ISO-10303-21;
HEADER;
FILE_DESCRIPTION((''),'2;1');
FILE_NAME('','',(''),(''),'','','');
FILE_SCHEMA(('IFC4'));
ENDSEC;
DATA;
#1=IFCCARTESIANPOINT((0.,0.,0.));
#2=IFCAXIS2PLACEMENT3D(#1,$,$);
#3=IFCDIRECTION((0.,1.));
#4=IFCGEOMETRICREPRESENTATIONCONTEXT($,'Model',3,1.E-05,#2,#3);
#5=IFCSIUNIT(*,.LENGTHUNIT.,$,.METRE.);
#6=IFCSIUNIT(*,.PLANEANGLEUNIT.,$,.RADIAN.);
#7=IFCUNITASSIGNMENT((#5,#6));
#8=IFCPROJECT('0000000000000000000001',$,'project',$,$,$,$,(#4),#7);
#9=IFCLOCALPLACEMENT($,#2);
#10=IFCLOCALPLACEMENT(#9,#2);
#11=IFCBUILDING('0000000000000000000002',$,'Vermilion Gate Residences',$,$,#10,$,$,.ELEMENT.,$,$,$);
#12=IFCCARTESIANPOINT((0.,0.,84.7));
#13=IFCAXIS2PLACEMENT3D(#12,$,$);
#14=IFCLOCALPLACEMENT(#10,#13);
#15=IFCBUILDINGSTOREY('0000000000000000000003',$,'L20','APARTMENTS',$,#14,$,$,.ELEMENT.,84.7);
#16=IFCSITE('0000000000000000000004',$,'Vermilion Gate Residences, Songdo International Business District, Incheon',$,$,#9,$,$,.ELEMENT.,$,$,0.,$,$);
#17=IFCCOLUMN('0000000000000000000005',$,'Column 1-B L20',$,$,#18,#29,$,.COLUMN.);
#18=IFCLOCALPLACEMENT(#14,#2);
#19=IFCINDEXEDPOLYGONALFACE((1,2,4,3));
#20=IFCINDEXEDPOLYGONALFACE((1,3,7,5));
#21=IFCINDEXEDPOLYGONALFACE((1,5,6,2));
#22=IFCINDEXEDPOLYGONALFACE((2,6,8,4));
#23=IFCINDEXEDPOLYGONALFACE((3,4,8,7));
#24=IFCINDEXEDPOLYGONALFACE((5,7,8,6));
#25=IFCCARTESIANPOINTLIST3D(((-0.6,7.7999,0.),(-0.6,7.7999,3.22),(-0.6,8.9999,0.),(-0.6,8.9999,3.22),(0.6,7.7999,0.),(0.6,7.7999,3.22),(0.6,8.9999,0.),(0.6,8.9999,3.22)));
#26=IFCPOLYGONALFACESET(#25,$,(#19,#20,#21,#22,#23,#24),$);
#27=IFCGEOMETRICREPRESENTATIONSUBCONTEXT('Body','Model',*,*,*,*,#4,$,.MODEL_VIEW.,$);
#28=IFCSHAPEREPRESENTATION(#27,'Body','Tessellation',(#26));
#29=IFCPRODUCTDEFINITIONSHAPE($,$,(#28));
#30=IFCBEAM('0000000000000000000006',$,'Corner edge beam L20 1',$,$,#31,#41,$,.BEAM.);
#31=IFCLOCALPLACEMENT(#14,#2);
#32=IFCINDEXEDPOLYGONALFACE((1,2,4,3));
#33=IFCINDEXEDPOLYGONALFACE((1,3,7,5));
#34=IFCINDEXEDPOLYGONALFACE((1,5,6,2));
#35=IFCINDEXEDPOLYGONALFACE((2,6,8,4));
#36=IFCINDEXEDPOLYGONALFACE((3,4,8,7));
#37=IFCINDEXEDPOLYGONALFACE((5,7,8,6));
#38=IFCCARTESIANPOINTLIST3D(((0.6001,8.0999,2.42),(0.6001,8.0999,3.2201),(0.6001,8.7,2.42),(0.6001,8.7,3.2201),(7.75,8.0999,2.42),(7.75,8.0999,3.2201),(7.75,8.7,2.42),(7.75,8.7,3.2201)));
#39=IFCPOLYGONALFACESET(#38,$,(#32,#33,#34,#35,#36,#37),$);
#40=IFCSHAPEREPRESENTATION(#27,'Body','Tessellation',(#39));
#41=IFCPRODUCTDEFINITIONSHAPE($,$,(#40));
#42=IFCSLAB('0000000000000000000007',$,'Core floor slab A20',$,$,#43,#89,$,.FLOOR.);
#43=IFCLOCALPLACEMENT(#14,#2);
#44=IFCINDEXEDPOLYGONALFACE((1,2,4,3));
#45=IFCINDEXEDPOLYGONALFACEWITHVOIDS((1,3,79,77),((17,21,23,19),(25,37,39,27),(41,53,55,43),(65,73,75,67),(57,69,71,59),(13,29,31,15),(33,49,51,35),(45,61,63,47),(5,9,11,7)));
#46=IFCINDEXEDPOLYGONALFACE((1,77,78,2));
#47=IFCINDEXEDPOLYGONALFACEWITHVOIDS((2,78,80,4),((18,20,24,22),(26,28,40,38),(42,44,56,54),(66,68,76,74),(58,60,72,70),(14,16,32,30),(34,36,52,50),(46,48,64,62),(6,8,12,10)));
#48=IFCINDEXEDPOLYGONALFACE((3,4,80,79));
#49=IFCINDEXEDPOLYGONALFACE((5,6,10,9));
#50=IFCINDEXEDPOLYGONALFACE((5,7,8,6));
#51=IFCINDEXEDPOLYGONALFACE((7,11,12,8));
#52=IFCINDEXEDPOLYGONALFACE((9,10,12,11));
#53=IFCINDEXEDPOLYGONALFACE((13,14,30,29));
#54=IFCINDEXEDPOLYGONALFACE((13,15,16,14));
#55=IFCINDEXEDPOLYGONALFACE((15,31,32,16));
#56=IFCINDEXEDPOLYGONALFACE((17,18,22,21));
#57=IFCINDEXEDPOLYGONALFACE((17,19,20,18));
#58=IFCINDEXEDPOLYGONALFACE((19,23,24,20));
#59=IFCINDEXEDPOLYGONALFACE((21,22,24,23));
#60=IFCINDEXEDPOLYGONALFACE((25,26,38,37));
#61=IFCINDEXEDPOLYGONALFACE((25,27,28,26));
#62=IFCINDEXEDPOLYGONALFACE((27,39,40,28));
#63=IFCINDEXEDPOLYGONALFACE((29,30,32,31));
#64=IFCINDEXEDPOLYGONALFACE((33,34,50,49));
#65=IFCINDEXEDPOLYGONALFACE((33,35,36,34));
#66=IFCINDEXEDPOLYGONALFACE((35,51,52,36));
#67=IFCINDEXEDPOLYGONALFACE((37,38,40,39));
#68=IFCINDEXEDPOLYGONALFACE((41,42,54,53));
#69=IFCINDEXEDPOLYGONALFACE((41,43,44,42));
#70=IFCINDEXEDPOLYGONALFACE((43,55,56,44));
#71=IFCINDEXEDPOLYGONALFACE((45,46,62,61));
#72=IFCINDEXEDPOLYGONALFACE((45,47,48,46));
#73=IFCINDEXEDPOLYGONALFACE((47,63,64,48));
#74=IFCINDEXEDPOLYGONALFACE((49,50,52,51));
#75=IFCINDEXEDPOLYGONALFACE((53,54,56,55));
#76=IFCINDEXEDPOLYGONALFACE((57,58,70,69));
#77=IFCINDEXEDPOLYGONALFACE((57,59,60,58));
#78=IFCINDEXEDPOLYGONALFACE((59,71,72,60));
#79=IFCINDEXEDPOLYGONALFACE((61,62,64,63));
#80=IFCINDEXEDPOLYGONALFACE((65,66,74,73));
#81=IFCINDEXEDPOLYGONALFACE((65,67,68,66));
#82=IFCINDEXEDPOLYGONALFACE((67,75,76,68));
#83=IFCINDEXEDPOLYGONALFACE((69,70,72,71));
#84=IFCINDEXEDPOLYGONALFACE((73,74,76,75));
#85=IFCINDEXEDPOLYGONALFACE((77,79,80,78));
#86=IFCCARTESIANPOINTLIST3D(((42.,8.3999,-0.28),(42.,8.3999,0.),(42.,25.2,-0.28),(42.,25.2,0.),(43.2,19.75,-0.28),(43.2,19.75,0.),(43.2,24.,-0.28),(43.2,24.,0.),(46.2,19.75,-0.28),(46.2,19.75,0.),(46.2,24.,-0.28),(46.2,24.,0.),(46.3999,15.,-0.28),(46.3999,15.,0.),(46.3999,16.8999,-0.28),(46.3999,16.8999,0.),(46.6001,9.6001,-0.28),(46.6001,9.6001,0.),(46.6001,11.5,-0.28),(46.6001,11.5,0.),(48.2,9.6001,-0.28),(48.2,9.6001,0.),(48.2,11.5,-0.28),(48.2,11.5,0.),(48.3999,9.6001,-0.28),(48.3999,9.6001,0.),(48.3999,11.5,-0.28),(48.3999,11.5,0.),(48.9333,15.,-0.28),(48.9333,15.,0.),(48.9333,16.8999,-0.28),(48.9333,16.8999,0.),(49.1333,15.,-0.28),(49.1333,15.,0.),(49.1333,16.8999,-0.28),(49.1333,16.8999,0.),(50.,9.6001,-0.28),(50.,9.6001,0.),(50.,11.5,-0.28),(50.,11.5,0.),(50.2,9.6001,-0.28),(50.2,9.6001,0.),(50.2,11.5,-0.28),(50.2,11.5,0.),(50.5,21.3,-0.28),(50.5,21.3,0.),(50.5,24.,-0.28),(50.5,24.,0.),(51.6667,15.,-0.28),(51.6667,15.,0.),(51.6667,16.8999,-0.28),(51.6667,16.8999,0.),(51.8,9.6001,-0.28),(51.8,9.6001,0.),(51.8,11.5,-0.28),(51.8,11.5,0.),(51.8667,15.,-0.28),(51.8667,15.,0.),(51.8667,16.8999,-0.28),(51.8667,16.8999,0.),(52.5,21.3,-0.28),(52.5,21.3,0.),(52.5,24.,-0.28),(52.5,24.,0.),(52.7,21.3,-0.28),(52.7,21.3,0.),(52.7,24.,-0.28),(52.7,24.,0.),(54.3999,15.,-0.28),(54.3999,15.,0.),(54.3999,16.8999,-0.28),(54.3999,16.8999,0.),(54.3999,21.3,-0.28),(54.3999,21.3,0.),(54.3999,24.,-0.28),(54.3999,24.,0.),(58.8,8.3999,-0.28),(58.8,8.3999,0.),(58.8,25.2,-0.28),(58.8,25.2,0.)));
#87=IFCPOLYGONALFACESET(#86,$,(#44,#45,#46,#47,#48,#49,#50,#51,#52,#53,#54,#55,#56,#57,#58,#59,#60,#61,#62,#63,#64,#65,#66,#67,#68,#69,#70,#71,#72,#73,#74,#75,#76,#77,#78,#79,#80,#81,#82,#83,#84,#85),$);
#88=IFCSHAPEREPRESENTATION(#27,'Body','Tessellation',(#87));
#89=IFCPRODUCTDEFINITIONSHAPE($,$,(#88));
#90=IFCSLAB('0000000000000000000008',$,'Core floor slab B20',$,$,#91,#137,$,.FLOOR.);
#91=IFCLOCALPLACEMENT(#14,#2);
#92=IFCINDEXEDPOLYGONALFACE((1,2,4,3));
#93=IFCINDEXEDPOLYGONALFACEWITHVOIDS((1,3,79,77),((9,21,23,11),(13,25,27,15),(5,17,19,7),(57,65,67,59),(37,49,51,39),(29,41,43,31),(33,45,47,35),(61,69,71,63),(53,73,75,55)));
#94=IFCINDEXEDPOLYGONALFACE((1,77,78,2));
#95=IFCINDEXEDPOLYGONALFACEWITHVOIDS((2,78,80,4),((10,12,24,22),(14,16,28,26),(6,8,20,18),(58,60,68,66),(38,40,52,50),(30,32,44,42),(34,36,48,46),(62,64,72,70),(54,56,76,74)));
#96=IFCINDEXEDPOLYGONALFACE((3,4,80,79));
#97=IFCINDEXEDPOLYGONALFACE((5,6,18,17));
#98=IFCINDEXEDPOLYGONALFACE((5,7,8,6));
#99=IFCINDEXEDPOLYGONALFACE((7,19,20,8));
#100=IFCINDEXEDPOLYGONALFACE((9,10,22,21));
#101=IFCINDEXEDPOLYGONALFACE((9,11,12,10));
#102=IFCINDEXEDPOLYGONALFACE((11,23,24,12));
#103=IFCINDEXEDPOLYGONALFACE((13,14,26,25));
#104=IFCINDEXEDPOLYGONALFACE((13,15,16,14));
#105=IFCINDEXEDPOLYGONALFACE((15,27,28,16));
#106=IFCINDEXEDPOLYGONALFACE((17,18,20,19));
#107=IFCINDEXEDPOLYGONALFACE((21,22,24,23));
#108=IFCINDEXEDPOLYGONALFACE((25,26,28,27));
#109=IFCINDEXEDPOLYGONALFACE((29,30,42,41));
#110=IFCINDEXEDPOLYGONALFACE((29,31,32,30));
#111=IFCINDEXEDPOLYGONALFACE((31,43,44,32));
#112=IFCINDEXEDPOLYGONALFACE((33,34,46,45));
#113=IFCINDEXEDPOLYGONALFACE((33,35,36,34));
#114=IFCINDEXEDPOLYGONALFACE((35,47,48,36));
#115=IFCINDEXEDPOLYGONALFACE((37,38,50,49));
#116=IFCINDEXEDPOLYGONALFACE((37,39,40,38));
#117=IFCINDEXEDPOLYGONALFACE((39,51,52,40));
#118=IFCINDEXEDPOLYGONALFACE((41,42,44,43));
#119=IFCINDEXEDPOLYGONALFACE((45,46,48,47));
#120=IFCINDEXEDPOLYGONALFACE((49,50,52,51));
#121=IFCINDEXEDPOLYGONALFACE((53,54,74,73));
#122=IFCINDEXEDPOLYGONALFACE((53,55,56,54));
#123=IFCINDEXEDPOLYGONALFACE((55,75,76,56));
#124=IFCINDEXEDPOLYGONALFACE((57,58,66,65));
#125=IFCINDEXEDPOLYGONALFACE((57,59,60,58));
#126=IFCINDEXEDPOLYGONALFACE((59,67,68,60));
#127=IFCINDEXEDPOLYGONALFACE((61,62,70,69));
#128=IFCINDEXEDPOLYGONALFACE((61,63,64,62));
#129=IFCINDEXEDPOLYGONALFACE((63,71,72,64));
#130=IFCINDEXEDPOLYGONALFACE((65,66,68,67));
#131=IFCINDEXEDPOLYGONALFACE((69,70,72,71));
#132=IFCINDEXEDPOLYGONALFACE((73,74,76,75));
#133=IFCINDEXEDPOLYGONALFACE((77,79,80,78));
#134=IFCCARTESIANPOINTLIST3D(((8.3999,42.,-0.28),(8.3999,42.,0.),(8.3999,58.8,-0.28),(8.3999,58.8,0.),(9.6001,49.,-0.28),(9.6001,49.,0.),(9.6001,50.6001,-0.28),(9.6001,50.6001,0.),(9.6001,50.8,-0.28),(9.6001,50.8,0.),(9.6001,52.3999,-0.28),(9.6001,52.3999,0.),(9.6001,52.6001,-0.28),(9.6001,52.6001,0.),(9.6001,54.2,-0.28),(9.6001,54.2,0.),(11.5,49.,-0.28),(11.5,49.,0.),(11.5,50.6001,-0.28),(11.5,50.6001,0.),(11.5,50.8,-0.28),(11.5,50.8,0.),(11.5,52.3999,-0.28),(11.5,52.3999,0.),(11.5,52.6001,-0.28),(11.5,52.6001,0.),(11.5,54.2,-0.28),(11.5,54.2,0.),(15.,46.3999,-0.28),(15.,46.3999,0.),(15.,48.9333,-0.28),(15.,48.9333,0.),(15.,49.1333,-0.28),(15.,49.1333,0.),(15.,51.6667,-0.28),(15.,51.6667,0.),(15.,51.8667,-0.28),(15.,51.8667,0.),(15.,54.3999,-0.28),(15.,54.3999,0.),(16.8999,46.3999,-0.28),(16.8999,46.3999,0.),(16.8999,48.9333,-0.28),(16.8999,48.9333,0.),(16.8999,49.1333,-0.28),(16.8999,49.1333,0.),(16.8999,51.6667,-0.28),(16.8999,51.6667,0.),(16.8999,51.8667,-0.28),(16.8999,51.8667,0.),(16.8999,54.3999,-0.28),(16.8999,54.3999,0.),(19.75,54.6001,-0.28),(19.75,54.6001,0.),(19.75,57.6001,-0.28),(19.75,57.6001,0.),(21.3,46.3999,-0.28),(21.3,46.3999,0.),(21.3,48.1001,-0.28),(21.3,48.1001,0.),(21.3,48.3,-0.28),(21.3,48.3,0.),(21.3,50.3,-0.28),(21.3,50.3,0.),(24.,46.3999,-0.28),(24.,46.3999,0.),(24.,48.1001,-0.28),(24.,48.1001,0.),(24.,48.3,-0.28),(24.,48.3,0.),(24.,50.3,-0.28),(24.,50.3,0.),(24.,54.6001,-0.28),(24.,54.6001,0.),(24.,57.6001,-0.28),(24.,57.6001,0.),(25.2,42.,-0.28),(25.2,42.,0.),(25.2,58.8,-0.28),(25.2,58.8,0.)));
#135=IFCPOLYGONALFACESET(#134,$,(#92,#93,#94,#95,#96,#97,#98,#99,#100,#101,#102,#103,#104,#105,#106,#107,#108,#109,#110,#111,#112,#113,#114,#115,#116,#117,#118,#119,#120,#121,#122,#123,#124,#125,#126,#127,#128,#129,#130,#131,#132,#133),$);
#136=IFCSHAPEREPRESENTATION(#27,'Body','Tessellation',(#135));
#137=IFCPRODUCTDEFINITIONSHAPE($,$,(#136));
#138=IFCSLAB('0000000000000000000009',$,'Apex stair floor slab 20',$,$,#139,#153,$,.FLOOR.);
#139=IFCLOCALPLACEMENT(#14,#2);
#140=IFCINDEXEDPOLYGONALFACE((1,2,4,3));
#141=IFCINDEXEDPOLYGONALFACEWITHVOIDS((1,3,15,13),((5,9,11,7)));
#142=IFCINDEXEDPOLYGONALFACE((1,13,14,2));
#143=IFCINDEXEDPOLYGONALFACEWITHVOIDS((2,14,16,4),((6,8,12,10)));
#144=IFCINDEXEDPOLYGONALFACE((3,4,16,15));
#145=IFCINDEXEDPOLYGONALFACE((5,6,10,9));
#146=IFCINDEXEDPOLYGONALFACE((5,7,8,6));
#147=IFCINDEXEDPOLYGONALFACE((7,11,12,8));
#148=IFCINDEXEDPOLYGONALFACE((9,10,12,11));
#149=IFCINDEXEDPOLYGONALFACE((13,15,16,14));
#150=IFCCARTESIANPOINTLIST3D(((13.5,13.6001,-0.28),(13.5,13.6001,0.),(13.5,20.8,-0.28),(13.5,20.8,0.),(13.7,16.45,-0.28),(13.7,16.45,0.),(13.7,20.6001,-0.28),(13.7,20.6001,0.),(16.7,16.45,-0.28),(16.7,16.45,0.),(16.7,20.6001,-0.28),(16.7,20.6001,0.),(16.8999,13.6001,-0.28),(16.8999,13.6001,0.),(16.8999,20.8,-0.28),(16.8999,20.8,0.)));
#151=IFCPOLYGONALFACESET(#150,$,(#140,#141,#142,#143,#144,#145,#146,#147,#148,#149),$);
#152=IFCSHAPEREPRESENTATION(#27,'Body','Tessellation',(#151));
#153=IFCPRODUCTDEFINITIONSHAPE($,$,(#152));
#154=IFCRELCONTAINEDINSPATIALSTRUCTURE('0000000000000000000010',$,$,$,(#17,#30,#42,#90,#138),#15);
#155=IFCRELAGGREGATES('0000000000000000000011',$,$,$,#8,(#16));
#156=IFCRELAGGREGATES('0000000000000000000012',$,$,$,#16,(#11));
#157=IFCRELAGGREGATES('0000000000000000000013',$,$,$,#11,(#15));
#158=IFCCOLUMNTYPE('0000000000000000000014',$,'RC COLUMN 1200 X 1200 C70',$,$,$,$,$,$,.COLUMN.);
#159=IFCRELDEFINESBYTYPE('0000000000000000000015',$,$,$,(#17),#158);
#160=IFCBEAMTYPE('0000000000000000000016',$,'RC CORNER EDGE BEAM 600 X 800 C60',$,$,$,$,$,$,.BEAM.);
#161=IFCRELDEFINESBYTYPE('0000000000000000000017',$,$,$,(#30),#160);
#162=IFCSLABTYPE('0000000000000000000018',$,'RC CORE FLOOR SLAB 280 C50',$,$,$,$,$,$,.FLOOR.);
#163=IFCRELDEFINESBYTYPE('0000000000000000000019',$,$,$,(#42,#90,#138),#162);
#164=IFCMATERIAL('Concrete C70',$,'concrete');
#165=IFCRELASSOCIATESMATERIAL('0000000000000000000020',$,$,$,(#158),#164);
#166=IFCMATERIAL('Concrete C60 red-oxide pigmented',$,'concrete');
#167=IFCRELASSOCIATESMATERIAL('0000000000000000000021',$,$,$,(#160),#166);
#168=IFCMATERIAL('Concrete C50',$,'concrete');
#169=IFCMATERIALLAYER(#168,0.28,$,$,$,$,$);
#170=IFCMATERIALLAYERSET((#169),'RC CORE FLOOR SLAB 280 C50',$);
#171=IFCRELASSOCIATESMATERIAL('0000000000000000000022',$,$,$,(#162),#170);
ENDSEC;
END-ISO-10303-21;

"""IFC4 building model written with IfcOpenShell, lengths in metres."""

from ifc_helpers import new_model, si_unit, direction, frame, origin, origin_2d, place, context, subcontext, project, spatial, polyline, rectangle, outline, extrude, material, layer, layer_set, material_profile, profile_set, type_object, element, save


model = new_model("IFC4")

# Units and contexts
model_context = context("Model", 3, precision=1e-05, world=origin(), true_north=direction((0.0, 1.0)))
body_context = subcontext(model_context, "Body", "Model", "MODEL_VIEW")
ifc_project = project(units=[si_unit("LENGTHUNIT", "METRE"), si_unit("PLANEANGLEUNIT", "RADIAN")], contexts=[model_context])

# Site, building, storey
site_placement = place(None, origin())
site = spatial("IfcSite", under=ifc_project, at=site_placement, Name="Vermilion Gate Residences, Songdo International Business District, Incheon", CompositionType="ELEMENT", RefElevation=0.0)
building_placement = place(site_placement, origin())
building = spatial("IfcBuilding", under=site, at=building_placement, Name="Vermilion Gate Residences", CompositionType="ELEMENT")
storey_placement = place(building_placement, frame((0.0, 0.0, 84.7)))
storey = spatial("IfcBuildingStorey", under=building, at=storey_placement, Name="L20", Description="APARTMENTS", CompositionType="ELEMENT", Elevation=84.7)

# Column
ifc_material_1 = material(Name="Concrete C70", Category="concrete")
ifc_material_profile_1 = material_profile(ifc_material_1, rectangle(XDim=1.2, YDim=1.2, at=origin_2d()), Name="RC-1200x1200")
ifc_profile_set_1 = profile_set([ifc_material_profile_1], Name="Concrete C70")
column_type = type_object("IfcColumnType", Name="RC COLUMN 1200 X 1200 C70", PredefinedType="COLUMN", material=ifc_profile_set_1)
column_placement = place(storey_placement, frame((0.0, 8.3999, 0.0), z_axis=(0.0, 0.0, 1.0), x_axis=(1.0, 0.0, 0.0)))
element("IfcColumn", 1, at=column_placement, inside=storey, type_object=column_type, Name="Column 1-B L20", PredefinedType="COLUMN", context=body_context, shape_type="SweptSolid", body=[
    extrude(rectangle(XDim=1.2, YDim=1.2, at=origin_2d()), origin(), (0.0, 0.0, 1.0), 3.22),
])

# Beam
ifc_material_2 = material(Name="Concrete C60 red-oxide pigmented", Category="concrete")
ifc_material_profile_2 = material_profile(ifc_material_2, rectangle(XDim=0.6001, YDim=0.8, at=origin_2d()), Name="RC-600x800")
ifc_profile_set_2 = profile_set([ifc_material_profile_2], Name="Concrete C60 red-oxide pigmented")
beam_type = type_object("IfcBeamType", Name="RC CORNER EDGE BEAM 600 X 800 C60", PredefinedType="BEAM", material=ifc_profile_set_2)
beam_placement = place(storey_placement, frame((0.6001, 8.3999, 2.8201), z_axis=(1.0, 0.0, 0.0), x_axis=(0.0, 1.0, 0.0)))
element("IfcBeam", 2, at=beam_placement, inside=storey, type_object=beam_type, Name="Corner edge beam L20 1", PredefinedType="BEAM", context=body_context, shape_type="SweptSolid", body=[
    extrude(rectangle(XDim=0.6001, YDim=0.8, at=origin_2d()), origin(), (0.0, 0.0, 1.0), 7.1499),
])

# Slabs
ifc_material_3 = material(Name="Concrete C50", Category="concrete")
ifc_layer_1 = layer(ifc_material_3, 0.28)
ifc_layer_set_1 = layer_set([ifc_layer_1], Name="RC CORE FLOOR SLAB 280 C50")
slab_type_1 = type_object("IfcSlabType", Name="RC CORE FLOOR SLAB 280 C50", PredefinedType="FLOOR", material=ifc_layer_set_1)
slab_1_placement = place(storey_placement, frame((0.0, 0.0, -0.28)))
element("IfcSlab", 3, at=slab_1_placement, inside=storey, type_object=slab_type_1, Name="Core floor slab A20", PredefinedType="FLOOR", context=body_context, shape_type="SweptSolid", body=[
    extrude(outline(polyline([(42.0, 8.3999), (58.8, 8.3999), (58.8, 25.2), (42.0, 25.2), (42.0, 8.3999)]), holes=[polyline([(46.6001, 11.5), (48.2, 11.5), (48.2, 9.6001), (46.6001, 9.6001), (46.6001, 11.5)]), polyline([(48.3999, 11.5), (50.0, 11.5), (50.0, 9.6001), (48.3999, 9.6001), (48.3999, 11.5)]), polyline([(50.2, 11.5), (51.8, 11.5), (51.8, 9.6001), (50.2, 9.6001), (50.2, 11.5)]), polyline([(46.3999, 16.8999), (48.9333, 16.8999), (48.9333, 15.0), (46.3999, 15.0), (46.3999, 16.8999)]), polyline([(49.1333, 16.8999), (51.6667, 16.8999), (51.6667, 15.0), (49.1333, 15.0), (49.1333, 16.8999)]), polyline([(51.8667, 16.8999), (54.3999, 16.8999), (54.3999, 15.0), (51.8667, 15.0), (51.8667, 16.8999)]), polyline([(43.2, 24.0), (46.2, 24.0), (46.2, 19.75), (43.2, 19.75), (43.2, 24.0)]), polyline([(52.5, 24.0), (52.5, 21.3), (50.5, 21.3), (50.5, 24.0), (52.5, 24.0)]), polyline([(54.3999, 24.0), (54.3999, 21.3), (52.7, 21.3), (52.7, 24.0), (54.3999, 24.0)])]), origin(), (0.0, 0.0, 1.0), 0.28),
])
slab_2_placement = place(storey_placement, frame((0.0, 0.0, -0.28)))
element("IfcSlab", 4, at=slab_2_placement, inside=storey, type_object=slab_type_1, Name="Core floor slab B20", PredefinedType="FLOOR", context=body_context, shape_type="SweptSolid", body=[
    extrude(outline(polyline([(8.3999, 42.0), (25.2, 42.0), (25.2, 58.8), (8.3999, 58.8), (8.3999, 42.0)]), holes=[polyline([(21.3, 48.1001), (24.0, 48.1001), (24.0, 46.3999), (21.3, 46.3999), (21.3, 48.1001)]), polyline([(15.0, 48.9333), (16.8999, 48.9333), (16.8999, 46.3999), (15.0, 46.3999), (15.0, 48.9333)]), polyline([(21.3, 50.3), (24.0, 50.3), (24.0, 48.3), (21.3, 48.3), (21.3, 50.3)]), polyline([(9.6001, 50.6001), (11.5, 50.6001), (11.5, 49.0), (9.6001, 49.0), (9.6001, 50.6001)]), polyline([(15.0, 51.6667), (16.8999, 51.6667), (16.8999, 49.1333), (15.0, 49.1333), (15.0, 51.6667)]), polyline([(9.6001, 52.3999), (11.5, 52.3999), (11.5, 50.8), (9.6001, 50.8), (9.6001, 52.3999)]), polyline([(15.0, 54.3999), (16.8999, 54.3999), (16.8999, 51.8667), (15.0, 51.8667), (15.0, 54.3999)]), polyline([(11.5, 54.2), (11.5, 52.6001), (9.6001, 52.6001), (9.6001, 54.2), (11.5, 54.2)]), polyline([(24.0, 57.6001), (24.0, 54.6001), (19.75, 54.6001), (19.75, 57.6001), (24.0, 57.6001)])]), origin(), (0.0, 0.0, 1.0), 0.28),
])
slab_3_placement = place(storey_placement, frame((0.0, 0.0, -0.28)))
element("IfcSlab", 5, at=slab_3_placement, inside=storey, type_object=slab_type_1, Name="Apex stair floor slab 20", PredefinedType="FLOOR", context=body_context, shape_type="SweptSolid", body=[
    extrude(outline(polyline([(13.5, 13.6001), (16.8999, 13.6001), (16.8999, 20.8), (13.5, 20.8), (13.5, 13.6001)]), holes=[polyline([(16.7, 20.6001), (16.7, 16.45), (13.7, 16.45), (13.7, 20.6001), (16.7, 20.6001)])]), origin(), (0.0, 0.0, 1.0), 0.28),
])

save(model, "model.ifc")
